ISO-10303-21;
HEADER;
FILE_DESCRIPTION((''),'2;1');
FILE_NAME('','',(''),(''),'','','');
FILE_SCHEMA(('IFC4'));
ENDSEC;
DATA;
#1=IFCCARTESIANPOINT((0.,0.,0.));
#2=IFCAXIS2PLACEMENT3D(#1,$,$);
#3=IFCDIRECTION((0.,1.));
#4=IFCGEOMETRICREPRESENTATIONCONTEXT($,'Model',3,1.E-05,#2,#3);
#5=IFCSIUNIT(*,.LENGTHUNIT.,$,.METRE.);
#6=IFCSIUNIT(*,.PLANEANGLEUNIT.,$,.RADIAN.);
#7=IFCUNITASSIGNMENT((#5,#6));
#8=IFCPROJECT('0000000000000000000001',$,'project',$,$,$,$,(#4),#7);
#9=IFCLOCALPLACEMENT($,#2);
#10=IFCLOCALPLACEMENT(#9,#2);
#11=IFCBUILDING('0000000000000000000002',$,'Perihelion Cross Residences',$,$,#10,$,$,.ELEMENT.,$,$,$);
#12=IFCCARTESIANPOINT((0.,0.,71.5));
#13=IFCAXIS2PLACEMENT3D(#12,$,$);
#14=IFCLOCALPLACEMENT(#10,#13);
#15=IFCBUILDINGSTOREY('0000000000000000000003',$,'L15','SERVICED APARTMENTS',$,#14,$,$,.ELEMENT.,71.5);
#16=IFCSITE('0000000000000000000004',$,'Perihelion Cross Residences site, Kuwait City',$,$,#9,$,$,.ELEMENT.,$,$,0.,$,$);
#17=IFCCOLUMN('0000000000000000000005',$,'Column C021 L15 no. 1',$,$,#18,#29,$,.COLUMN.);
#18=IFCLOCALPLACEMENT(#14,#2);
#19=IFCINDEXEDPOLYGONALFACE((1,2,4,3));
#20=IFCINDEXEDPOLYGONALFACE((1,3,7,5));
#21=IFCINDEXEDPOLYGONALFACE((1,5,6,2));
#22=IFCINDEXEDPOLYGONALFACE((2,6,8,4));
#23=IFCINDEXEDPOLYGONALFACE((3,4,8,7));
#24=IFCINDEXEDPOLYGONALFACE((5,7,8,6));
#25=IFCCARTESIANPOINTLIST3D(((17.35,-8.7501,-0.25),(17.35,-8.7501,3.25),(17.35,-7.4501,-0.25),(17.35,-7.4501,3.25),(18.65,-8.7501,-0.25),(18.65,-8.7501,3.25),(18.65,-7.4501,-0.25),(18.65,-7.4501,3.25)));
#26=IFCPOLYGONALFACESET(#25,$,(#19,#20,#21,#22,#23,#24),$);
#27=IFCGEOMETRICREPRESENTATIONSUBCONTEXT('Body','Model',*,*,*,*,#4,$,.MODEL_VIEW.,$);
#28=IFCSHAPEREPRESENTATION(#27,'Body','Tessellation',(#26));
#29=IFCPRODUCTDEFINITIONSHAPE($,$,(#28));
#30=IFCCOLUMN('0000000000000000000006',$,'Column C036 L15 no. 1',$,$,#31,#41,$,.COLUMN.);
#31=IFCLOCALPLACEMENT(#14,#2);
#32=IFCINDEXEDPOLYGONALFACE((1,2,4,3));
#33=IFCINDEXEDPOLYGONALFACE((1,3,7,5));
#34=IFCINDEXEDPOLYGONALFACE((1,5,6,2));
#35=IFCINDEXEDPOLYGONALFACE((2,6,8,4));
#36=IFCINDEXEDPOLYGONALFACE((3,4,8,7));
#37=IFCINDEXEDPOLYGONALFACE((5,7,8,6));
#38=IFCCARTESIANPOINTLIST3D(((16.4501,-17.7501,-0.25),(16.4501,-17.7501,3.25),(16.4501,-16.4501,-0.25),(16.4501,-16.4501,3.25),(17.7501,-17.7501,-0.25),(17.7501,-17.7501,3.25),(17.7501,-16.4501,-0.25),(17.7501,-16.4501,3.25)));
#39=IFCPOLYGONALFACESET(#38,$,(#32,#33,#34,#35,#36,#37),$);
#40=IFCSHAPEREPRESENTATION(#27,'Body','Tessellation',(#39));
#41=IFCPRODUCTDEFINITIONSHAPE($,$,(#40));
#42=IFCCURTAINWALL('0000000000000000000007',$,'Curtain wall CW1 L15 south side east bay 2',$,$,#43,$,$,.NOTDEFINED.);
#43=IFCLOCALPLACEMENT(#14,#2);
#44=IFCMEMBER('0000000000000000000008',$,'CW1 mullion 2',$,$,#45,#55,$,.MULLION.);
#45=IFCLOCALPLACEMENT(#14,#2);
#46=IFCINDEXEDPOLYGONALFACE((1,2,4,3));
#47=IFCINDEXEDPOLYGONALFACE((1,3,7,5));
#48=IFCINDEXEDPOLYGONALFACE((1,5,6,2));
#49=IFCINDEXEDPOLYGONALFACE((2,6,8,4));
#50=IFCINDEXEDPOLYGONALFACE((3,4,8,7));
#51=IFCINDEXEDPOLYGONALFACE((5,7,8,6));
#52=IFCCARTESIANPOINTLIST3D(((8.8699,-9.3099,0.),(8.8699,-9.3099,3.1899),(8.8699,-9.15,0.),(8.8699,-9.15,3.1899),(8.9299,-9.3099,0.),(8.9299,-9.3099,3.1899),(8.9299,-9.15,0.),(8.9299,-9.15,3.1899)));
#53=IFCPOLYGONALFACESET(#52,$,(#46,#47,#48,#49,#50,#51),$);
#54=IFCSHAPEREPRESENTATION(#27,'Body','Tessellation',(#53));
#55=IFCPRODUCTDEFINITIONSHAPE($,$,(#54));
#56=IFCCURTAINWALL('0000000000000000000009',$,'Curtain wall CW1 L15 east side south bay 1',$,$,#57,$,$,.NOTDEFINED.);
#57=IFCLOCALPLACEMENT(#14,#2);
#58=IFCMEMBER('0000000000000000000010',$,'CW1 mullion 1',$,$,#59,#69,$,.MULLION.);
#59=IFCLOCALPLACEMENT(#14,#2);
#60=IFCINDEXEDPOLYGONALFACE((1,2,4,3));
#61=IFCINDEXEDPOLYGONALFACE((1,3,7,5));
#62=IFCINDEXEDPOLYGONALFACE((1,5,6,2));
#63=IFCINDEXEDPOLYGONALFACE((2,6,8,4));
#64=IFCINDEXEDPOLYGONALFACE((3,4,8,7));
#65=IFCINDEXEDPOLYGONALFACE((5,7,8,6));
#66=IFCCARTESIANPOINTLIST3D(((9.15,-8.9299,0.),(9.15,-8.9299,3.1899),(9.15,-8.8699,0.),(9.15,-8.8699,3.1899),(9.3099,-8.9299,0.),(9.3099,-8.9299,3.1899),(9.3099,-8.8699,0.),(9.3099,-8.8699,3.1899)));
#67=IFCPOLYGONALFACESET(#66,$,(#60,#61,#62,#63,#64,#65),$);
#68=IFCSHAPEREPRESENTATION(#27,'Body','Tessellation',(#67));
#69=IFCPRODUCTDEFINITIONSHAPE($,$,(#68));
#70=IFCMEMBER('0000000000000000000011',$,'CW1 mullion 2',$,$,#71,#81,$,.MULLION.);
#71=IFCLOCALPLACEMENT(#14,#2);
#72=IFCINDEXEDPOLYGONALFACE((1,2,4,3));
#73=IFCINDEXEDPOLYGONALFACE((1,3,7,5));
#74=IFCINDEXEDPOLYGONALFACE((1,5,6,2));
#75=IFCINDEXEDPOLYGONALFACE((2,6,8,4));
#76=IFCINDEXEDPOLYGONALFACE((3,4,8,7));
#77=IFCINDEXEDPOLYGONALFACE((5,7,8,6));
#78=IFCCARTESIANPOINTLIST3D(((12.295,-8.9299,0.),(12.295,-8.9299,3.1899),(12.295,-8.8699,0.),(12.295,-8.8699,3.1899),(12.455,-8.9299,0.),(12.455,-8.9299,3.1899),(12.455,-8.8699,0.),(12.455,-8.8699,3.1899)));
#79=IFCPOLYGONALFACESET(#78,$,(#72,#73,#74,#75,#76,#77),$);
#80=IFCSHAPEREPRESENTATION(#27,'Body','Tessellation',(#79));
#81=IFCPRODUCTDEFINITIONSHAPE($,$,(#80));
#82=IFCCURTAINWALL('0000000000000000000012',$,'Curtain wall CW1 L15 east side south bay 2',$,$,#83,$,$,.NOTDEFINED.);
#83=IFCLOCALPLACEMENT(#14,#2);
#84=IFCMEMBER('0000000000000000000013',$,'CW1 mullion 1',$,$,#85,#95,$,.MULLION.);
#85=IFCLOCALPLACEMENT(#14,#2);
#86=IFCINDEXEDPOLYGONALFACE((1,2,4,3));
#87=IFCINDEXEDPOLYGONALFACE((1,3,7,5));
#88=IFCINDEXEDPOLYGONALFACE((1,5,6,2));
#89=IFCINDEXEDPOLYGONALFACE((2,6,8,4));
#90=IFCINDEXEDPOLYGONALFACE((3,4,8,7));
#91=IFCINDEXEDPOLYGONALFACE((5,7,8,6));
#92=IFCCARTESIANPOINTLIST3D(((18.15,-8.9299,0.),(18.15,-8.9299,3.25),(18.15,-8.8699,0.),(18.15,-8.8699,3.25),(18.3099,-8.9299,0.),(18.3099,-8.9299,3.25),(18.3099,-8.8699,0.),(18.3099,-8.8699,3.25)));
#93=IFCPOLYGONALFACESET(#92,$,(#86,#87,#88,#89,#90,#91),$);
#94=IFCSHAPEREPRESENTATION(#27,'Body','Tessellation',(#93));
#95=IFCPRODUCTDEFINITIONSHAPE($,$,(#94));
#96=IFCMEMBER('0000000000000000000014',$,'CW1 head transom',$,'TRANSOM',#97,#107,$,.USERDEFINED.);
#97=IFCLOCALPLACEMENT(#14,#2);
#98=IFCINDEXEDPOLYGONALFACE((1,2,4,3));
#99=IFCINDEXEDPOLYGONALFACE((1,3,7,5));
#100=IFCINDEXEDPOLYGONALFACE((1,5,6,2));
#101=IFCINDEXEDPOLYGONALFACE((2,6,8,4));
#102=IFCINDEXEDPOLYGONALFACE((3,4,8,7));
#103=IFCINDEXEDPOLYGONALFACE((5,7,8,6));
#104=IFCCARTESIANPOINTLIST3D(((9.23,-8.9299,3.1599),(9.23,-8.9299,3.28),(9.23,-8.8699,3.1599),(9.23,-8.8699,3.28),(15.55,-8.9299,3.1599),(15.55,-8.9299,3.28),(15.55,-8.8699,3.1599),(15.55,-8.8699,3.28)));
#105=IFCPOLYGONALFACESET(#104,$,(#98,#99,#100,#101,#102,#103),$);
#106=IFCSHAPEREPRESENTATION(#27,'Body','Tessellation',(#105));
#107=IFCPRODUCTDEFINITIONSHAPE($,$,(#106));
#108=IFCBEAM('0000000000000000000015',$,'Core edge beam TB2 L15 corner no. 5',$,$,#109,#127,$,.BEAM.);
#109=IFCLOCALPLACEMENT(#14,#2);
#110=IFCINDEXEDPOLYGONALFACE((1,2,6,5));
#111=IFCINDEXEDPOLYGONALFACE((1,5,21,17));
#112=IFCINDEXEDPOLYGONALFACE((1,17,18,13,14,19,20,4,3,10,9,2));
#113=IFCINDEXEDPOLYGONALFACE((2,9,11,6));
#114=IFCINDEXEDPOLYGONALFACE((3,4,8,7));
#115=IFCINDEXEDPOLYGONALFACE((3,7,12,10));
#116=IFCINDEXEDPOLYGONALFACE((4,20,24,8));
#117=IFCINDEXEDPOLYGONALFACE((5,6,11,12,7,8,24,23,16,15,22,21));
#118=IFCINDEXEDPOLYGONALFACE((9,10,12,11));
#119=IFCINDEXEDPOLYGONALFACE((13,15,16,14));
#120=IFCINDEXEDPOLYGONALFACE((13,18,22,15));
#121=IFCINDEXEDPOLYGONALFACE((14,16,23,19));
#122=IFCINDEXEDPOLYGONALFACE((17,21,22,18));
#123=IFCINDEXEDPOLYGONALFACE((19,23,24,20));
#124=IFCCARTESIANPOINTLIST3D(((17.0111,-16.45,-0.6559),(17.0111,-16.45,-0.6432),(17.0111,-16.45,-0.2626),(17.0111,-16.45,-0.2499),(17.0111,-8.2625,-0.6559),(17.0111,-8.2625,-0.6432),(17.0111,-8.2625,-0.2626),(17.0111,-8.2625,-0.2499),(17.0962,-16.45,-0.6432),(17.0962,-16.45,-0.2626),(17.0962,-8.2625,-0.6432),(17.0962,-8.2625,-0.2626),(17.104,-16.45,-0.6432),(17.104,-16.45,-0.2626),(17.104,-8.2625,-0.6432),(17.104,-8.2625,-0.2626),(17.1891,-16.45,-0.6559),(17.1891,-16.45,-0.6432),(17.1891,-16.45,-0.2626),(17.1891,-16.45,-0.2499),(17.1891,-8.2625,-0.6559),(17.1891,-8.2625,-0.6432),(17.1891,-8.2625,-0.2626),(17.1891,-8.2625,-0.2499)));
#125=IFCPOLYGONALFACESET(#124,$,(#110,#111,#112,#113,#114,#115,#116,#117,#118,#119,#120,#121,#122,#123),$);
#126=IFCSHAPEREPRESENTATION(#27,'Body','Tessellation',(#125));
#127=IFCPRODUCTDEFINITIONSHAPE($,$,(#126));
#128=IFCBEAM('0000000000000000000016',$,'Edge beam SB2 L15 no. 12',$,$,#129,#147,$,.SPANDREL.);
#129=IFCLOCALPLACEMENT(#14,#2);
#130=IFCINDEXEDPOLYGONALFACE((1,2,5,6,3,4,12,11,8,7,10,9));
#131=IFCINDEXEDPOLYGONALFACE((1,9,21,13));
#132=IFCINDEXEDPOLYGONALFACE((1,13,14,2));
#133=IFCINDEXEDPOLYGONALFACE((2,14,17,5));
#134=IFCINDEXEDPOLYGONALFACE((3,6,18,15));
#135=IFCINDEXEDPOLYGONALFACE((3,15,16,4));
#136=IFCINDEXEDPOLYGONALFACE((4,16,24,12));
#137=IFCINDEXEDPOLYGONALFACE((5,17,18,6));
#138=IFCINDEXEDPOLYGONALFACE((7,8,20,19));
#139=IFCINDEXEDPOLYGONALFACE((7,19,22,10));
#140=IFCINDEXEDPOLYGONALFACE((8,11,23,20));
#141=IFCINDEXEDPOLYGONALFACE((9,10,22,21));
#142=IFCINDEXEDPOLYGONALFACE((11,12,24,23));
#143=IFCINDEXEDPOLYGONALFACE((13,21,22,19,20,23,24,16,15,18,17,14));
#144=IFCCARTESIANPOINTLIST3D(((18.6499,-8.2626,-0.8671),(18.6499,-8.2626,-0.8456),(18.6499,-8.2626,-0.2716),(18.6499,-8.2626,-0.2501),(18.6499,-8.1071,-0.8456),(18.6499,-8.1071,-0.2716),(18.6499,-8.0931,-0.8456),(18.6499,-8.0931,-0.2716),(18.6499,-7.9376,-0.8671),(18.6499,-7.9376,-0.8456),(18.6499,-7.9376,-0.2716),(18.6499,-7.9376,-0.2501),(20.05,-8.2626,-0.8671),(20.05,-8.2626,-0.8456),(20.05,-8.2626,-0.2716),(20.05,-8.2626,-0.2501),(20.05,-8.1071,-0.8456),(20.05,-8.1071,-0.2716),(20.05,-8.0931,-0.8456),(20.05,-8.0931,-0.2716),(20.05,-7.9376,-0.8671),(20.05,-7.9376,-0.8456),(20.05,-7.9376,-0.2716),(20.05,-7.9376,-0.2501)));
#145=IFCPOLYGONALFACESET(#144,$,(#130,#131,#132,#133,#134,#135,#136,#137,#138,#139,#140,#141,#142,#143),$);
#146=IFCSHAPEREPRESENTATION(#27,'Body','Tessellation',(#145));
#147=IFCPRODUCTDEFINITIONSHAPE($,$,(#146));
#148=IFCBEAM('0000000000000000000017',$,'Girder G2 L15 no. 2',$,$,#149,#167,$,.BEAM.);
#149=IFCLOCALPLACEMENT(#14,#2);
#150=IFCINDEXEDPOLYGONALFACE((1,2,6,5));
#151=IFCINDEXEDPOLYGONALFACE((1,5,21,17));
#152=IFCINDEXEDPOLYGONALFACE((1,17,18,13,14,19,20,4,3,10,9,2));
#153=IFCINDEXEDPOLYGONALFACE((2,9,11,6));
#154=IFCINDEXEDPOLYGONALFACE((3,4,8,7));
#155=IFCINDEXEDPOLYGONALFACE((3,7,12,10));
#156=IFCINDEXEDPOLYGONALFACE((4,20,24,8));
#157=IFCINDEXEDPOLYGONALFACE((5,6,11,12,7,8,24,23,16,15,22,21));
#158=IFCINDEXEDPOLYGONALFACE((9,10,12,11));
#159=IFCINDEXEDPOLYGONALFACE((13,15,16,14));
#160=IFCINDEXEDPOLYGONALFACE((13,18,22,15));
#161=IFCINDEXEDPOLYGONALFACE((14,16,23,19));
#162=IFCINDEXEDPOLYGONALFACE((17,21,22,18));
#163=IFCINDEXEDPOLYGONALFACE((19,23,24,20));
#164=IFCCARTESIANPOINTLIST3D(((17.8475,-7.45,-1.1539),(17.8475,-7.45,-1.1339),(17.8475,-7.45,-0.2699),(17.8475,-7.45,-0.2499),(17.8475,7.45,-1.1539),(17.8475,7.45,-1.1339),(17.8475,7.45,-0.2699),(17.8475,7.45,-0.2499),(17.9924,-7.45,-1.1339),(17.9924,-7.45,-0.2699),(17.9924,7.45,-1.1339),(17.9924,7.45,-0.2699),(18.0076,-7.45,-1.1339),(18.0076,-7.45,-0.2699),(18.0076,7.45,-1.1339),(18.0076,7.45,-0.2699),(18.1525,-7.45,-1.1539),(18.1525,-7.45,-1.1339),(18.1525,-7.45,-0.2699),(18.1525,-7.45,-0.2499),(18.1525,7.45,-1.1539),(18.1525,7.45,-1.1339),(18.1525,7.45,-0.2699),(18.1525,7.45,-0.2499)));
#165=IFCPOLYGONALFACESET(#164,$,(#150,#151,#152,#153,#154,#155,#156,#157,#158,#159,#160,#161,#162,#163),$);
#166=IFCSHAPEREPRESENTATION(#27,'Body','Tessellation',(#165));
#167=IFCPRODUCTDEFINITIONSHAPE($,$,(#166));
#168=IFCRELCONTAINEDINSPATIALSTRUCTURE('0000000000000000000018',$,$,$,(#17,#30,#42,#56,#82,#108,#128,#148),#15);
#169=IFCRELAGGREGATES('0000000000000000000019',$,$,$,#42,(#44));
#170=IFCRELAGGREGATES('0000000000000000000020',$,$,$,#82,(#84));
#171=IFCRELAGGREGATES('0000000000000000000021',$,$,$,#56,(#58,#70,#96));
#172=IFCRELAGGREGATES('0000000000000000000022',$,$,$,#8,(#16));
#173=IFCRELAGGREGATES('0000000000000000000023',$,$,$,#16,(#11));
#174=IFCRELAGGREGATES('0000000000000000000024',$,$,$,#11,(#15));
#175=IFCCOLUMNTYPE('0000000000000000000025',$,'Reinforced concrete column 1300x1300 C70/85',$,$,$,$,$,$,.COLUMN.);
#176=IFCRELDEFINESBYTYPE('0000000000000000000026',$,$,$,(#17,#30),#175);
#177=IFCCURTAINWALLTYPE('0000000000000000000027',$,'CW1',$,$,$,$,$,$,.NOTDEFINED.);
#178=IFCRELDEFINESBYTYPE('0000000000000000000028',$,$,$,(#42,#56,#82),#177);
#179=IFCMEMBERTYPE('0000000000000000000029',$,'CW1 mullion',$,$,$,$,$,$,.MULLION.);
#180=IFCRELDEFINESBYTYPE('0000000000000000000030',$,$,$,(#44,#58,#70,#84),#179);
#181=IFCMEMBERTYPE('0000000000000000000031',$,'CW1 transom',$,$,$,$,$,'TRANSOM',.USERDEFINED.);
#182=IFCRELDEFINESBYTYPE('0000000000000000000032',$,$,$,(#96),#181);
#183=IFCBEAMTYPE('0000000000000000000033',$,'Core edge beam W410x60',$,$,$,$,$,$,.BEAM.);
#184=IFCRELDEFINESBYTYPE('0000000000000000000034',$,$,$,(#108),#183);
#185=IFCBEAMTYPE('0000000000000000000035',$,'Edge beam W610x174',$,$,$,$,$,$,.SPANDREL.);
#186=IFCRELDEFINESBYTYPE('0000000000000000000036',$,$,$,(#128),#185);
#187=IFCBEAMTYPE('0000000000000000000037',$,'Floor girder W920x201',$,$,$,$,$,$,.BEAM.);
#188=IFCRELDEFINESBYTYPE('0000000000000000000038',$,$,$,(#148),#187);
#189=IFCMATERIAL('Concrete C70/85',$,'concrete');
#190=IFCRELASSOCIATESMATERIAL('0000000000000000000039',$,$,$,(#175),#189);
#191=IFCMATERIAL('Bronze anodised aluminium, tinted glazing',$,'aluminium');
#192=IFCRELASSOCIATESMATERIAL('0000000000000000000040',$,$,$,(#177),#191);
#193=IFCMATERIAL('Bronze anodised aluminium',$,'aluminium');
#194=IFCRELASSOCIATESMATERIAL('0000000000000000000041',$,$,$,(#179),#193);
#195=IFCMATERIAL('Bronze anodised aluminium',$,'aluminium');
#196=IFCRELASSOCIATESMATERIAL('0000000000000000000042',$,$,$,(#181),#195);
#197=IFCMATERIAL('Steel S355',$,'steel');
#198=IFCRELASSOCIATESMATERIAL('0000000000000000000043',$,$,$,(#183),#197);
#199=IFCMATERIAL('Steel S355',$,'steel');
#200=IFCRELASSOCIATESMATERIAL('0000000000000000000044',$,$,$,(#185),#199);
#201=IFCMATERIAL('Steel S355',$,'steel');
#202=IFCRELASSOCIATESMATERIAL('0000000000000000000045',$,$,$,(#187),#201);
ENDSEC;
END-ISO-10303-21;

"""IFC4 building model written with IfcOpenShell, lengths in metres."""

from ifc_helpers import new_model, si_unit, direction, frame, origin, origin_2d, place, context, subcontext, project, spatial, rectangle, i_section, extrude, material, material_profile, profile_set, type_object, element, aggregate, save


model = new_model("IFC4")

# Units and contexts
model_context = context("Model", 3, precision=1e-05, world=origin(), true_north=direction((0.0, 1.0)))
body_context = subcontext(model_context, "Body", "Model", "MODEL_VIEW")
ifc_project = project(units=[si_unit("LENGTHUNIT", "METRE"), si_unit("PLANEANGLEUNIT", "RADIAN")], contexts=[model_context])

# Site, building, storey
site_placement = place(None, origin())
site = spatial("IfcSite", under=ifc_project, at=site_placement, Name="Perihelion Cross Residences site, Kuwait City", CompositionType="ELEMENT", RefElevation=0.0)
building_placement = place(site_placement, origin())
building = spatial("IfcBuilding", under=site, at=building_placement, Name="Perihelion Cross Residences", CompositionType="ELEMENT")
storey_placement = place(building_placement, frame((0.0, 0.0, 71.5)))
storey = spatial("IfcBuildingStorey", under=building, at=storey_placement, Name="L15", Description="SERVICED APARTMENTS", CompositionType="ELEMENT", Elevation=71.5)

# Columns
ifc_material_1 = material(Name="Concrete C70/85", Category="concrete")
ifc_material_profile_1 = material_profile(ifc_material_1, rectangle(XDim=1.3, YDim=1.3, at=origin_2d()), Name="RC 1300x1300")
ifc_profile_set_1 = profile_set([ifc_material_profile_1], Name="Concrete C70/85")
column_type = type_object("IfcColumnType", Name="Reinforced concrete column 1300x1300 C70/85", PredefinedType="COLUMN", material=ifc_profile_set_1)
for number, where, z_axis, x_axis, name in (
    (1, (18.0, -8.1001, -0.25), (0.0, 0.0, 1.0), (1.0, 0.0, 0.0), "Column C021 L15 no. 1"),
    (2, (17.1001, -17.1001, -0.25), (0.0, 0.0, 1.0), (1.0, 0.0, 0.0), "Column C036 L15 no. 1"),
):
    element("IfcColumn", number, at=place(storey_placement, frame(where, z_axis=z_axis, x_axis=x_axis)), inside=storey, type_object=column_type, Name=name, PredefinedType="COLUMN", context=body_context, shape_type="SweptSolid", body=[
        extrude(rectangle(XDim=1.3, YDim=1.3, at=origin_2d()), origin(), (0.0, 0.0, 1.0), 3.5),
    ])

# Curtain wall, member
ifc_material_2 = material(Name="Bronze anodised aluminium, tinted glazing", Category="aluminium")
curtain_wall_type = type_object("IfcCurtainWallType", Name="CW1", PredefinedType="NOTDEFINED", material=ifc_material_2)
curtain_wall_1_placement = place(storey_placement, origin())
curtain_wall_1 = element("IfcCurtainWall", 3, at=curtain_wall_1_placement, inside=storey, type_object=curtain_wall_type, Name="Curtain wall CW1 L15 south side east bay 2", PredefinedType="NOTDEFINED")
ifc_material_3 = material(Name="Bronze anodised aluminium", Category="aluminium")
ifc_material_profile_2 = material_profile(ifc_material_3, rectangle(XDim=0.0601, YDim=0.1599, at=origin_2d()), Name="CW1 mullion")
ifc_profile_set_2 = profile_set([ifc_material_profile_2], Name="Bronze anodised aluminium")
member_type_1 = type_object("IfcMemberType", Name="CW1 mullion", PredefinedType="MULLION", material=ifc_profile_set_2)
member_1_placement = place(storey_placement, frame((8.8999, -9.23, 0.0), z_axis=(0.0, 0.0, 1.0), x_axis=(-1.0, 0.0, 0.0)))
member_1 = element("IfcMember", 4, at=member_1_placement, type_object=member_type_1, Name="CW1 mullion 2", PredefinedType="MULLION", context=body_context, shape_type="SweptSolid", body=[
    extrude(rectangle(XDim=0.0601, YDim=0.1599, at=origin_2d()), origin(), (0.0, 0.0, 1.0), 3.1899),
])
aggregate(curtain_wall_1, [member_1])

# Curtain wall, members
curtain_wall_2_placement = place(storey_placement, origin())
curtain_wall_2 = element("IfcCurtainWall", 5, at=curtain_wall_2_placement, inside=storey, type_object=curtain_wall_type, Name="Curtain wall CW1 L15 east side south bay 1", PredefinedType="NOTDEFINED")
member_2_placement = place(storey_placement, frame((9.23, -8.8999, 0.0), z_axis=(0.0, 0.0, 1.0), x_axis=(0.0, 1.0, 0.0)))
member_2 = element("IfcMember", 6, at=member_2_placement, type_object=member_type_1, Name="CW1 mullion 1", PredefinedType="MULLION", context=body_context, shape_type="SweptSolid", body=[
    extrude(rectangle(XDim=0.0601, YDim=0.1599, at=origin_2d()), origin(), (0.0, 0.0, 1.0), 3.1899),
])
member_3_placement = place(storey_placement, frame((12.375, -8.8999, 0.0), z_axis=(0.0, 0.0, 1.0), x_axis=(0.0, 1.0, 0.0)))
member_3 = element("IfcMember", 7, at=member_3_placement, type_object=member_type_1, Name="CW1 mullion 2", PredefinedType="MULLION", context=body_context, shape_type="SweptSolid", body=[
    extrude(rectangle(XDim=0.0601, YDim=0.1599, at=origin_2d()), origin(), (0.0, 0.0, 1.0), 3.1899),
])

# Curtain wall, member
curtain_wall_3_placement = place(storey_placement, origin())
curtain_wall_3 = element("IfcCurtainWall", 8, at=curtain_wall_3_placement, inside=storey, type_object=curtain_wall_type, Name="Curtain wall CW1 L15 east side south bay 2", PredefinedType="NOTDEFINED")
member_4_placement = place(storey_placement, frame((18.23, -8.8999, 0.0), z_axis=(0.0, 0.0, 1.0), x_axis=(0.0, 1.0, 0.0)))
member_4 = element("IfcMember", 9, at=member_4_placement, type_object=member_type_1, Name="CW1 mullion 1", PredefinedType="MULLION", context=body_context, shape_type="SweptSolid", body=[
    extrude(rectangle(XDim=0.0601, YDim=0.1599, at=origin_2d()), origin(), (0.0, 0.0, 1.0), 3.25),
])
aggregate(curtain_wall_3, [member_4])

# Member
ifc_material_4 = material(Name="Bronze anodised aluminium", Category="aluminium")
ifc_material_profile_3 = material_profile(ifc_material_4, rectangle(XDim=0.0601, YDim=0.1201, at=origin_2d()), Name="CW1 transom")
ifc_profile_set_3 = profile_set([ifc_material_profile_3], Name="Bronze anodised aluminium")
member_type_2 = type_object("IfcMemberType", Name="CW1 transom", ElementType="TRANSOM", PredefinedType="USERDEFINED", material=ifc_profile_set_3)
member_5_placement = place(storey_placement, frame((9.23, -8.8999, 3.22), z_axis=(1.0, 0.0, 0.0), x_axis=(0.0, 1.0, 0.0)))
member_5 = element("IfcMember", 10, at=member_5_placement, type_object=member_type_2, Name="CW1 head transom", ObjectType="TRANSOM", PredefinedType="USERDEFINED", context=body_context, shape_type="SweptSolid", body=[
    extrude(rectangle(XDim=0.0601, YDim=0.1201, at=origin_2d()), origin(), (0.0, 0.0, 1.0), 6.3201),
])

# Beams
ifc_material_5 = material(Name="Steel S355", Category="steel")
ifc_material_profile_4 = material_profile(ifc_material_5, i_section(OverallWidth=0.178, OverallDepth=0.406, WebThickness=0.0078, FlangeThickness=0.0127, at=origin_2d()), Name="W410x60")
ifc_profile_set_4 = profile_set([ifc_material_profile_4], Name="Steel S355")
beam_type_1 = type_object("IfcBeamType", Name="Core edge beam W410x60", PredefinedType="BEAM", material=ifc_profile_set_4)
beam_1_placement = place(storey_placement, frame((17.1001, -8.2625, -0.4529), z_axis=(0.0, -1.0, 0.0), x_axis=(1.0, 0.0, 0.0)))
element("IfcBeam", 11, at=beam_1_placement, inside=storey, type_object=beam_type_1, Name="Core edge beam TB2 L15 corner no. 5", PredefinedType="BEAM", context=body_context, shape_type="SweptSolid", body=[
    extrude(i_section(OverallWidth=0.178, OverallDepth=0.406, WebThickness=0.0078, FlangeThickness=0.0127, at=origin_2d()), origin(), (0.0, 0.0, 1.0), 8.1875),
])
ifc_material_6 = material(Name="Steel S355", Category="steel")
ifc_material_profile_5 = material_profile(ifc_material_6, i_section(OverallWidth=0.325, OverallDepth=0.6169, WebThickness=0.0139, FlangeThickness=0.0215, at=origin_2d()), Name="W610x174")
ifc_profile_set_5 = profile_set([ifc_material_profile_5], Name="Steel S355")
beam_type_2 = type_object("IfcBeamType", Name="Edge beam W610x174", PredefinedType="SPANDREL", material=ifc_profile_set_5)
beam_2_placement = place(storey_placement, frame((18.6499, -8.1001, -0.5586), z_axis=(1.0, 0.0, 0.0), x_axis=(0.0, 1.0, 0.0)))
element("IfcBeam", 12, at=beam_2_placement, inside=storey, type_object=beam_type_2, Name="Edge beam SB2 L15 no. 12", PredefinedType="SPANDREL", context=body_context, shape_type="SweptSolid", body=[
    extrude(i_section(OverallWidth=0.325, OverallDepth=0.6169, WebThickness=0.0139, FlangeThickness=0.0215, at=origin_2d()), origin(), (0.0, 0.0, 1.0), 1.4001),
])
ifc_material_7 = material(Name="Steel S355", Category="steel")
ifc_material_profile_6 = material_profile(ifc_material_7, i_section(OverallWidth=0.3049, OverallDepth=0.9041, WebThickness=0.0151, FlangeThickness=0.02, at=origin_2d()), Name="W920x201")
ifc_profile_set_6 = profile_set([ifc_material_profile_6], Name="Steel S355")
beam_type_3 = type_object("IfcBeamType", Name="Floor girder W920x201", PredefinedType="BEAM", material=ifc_profile_set_6)
beam_3_placement = place(storey_placement, frame((18.0, -7.45, -0.7019), z_axis=(0.0, 1.0, 0.0), x_axis=(-1.0, 0.0, 0.0)))
element("IfcBeam", 13, at=beam_3_placement, inside=storey, type_object=beam_type_3, Name="Girder G2 L15 no. 2", PredefinedType="BEAM", context=body_context, shape_type="SweptSolid", body=[
    extrude(i_section(OverallWidth=0.3049, OverallDepth=0.9041, WebThickness=0.0151, FlangeThickness=0.02, at=origin_2d()), origin(), (0.0, 0.0, 1.0), 14.8999),
])

aggregate(curtain_wall_2, [member_2, member_3, member_5])

save(model, "model.ifc")
